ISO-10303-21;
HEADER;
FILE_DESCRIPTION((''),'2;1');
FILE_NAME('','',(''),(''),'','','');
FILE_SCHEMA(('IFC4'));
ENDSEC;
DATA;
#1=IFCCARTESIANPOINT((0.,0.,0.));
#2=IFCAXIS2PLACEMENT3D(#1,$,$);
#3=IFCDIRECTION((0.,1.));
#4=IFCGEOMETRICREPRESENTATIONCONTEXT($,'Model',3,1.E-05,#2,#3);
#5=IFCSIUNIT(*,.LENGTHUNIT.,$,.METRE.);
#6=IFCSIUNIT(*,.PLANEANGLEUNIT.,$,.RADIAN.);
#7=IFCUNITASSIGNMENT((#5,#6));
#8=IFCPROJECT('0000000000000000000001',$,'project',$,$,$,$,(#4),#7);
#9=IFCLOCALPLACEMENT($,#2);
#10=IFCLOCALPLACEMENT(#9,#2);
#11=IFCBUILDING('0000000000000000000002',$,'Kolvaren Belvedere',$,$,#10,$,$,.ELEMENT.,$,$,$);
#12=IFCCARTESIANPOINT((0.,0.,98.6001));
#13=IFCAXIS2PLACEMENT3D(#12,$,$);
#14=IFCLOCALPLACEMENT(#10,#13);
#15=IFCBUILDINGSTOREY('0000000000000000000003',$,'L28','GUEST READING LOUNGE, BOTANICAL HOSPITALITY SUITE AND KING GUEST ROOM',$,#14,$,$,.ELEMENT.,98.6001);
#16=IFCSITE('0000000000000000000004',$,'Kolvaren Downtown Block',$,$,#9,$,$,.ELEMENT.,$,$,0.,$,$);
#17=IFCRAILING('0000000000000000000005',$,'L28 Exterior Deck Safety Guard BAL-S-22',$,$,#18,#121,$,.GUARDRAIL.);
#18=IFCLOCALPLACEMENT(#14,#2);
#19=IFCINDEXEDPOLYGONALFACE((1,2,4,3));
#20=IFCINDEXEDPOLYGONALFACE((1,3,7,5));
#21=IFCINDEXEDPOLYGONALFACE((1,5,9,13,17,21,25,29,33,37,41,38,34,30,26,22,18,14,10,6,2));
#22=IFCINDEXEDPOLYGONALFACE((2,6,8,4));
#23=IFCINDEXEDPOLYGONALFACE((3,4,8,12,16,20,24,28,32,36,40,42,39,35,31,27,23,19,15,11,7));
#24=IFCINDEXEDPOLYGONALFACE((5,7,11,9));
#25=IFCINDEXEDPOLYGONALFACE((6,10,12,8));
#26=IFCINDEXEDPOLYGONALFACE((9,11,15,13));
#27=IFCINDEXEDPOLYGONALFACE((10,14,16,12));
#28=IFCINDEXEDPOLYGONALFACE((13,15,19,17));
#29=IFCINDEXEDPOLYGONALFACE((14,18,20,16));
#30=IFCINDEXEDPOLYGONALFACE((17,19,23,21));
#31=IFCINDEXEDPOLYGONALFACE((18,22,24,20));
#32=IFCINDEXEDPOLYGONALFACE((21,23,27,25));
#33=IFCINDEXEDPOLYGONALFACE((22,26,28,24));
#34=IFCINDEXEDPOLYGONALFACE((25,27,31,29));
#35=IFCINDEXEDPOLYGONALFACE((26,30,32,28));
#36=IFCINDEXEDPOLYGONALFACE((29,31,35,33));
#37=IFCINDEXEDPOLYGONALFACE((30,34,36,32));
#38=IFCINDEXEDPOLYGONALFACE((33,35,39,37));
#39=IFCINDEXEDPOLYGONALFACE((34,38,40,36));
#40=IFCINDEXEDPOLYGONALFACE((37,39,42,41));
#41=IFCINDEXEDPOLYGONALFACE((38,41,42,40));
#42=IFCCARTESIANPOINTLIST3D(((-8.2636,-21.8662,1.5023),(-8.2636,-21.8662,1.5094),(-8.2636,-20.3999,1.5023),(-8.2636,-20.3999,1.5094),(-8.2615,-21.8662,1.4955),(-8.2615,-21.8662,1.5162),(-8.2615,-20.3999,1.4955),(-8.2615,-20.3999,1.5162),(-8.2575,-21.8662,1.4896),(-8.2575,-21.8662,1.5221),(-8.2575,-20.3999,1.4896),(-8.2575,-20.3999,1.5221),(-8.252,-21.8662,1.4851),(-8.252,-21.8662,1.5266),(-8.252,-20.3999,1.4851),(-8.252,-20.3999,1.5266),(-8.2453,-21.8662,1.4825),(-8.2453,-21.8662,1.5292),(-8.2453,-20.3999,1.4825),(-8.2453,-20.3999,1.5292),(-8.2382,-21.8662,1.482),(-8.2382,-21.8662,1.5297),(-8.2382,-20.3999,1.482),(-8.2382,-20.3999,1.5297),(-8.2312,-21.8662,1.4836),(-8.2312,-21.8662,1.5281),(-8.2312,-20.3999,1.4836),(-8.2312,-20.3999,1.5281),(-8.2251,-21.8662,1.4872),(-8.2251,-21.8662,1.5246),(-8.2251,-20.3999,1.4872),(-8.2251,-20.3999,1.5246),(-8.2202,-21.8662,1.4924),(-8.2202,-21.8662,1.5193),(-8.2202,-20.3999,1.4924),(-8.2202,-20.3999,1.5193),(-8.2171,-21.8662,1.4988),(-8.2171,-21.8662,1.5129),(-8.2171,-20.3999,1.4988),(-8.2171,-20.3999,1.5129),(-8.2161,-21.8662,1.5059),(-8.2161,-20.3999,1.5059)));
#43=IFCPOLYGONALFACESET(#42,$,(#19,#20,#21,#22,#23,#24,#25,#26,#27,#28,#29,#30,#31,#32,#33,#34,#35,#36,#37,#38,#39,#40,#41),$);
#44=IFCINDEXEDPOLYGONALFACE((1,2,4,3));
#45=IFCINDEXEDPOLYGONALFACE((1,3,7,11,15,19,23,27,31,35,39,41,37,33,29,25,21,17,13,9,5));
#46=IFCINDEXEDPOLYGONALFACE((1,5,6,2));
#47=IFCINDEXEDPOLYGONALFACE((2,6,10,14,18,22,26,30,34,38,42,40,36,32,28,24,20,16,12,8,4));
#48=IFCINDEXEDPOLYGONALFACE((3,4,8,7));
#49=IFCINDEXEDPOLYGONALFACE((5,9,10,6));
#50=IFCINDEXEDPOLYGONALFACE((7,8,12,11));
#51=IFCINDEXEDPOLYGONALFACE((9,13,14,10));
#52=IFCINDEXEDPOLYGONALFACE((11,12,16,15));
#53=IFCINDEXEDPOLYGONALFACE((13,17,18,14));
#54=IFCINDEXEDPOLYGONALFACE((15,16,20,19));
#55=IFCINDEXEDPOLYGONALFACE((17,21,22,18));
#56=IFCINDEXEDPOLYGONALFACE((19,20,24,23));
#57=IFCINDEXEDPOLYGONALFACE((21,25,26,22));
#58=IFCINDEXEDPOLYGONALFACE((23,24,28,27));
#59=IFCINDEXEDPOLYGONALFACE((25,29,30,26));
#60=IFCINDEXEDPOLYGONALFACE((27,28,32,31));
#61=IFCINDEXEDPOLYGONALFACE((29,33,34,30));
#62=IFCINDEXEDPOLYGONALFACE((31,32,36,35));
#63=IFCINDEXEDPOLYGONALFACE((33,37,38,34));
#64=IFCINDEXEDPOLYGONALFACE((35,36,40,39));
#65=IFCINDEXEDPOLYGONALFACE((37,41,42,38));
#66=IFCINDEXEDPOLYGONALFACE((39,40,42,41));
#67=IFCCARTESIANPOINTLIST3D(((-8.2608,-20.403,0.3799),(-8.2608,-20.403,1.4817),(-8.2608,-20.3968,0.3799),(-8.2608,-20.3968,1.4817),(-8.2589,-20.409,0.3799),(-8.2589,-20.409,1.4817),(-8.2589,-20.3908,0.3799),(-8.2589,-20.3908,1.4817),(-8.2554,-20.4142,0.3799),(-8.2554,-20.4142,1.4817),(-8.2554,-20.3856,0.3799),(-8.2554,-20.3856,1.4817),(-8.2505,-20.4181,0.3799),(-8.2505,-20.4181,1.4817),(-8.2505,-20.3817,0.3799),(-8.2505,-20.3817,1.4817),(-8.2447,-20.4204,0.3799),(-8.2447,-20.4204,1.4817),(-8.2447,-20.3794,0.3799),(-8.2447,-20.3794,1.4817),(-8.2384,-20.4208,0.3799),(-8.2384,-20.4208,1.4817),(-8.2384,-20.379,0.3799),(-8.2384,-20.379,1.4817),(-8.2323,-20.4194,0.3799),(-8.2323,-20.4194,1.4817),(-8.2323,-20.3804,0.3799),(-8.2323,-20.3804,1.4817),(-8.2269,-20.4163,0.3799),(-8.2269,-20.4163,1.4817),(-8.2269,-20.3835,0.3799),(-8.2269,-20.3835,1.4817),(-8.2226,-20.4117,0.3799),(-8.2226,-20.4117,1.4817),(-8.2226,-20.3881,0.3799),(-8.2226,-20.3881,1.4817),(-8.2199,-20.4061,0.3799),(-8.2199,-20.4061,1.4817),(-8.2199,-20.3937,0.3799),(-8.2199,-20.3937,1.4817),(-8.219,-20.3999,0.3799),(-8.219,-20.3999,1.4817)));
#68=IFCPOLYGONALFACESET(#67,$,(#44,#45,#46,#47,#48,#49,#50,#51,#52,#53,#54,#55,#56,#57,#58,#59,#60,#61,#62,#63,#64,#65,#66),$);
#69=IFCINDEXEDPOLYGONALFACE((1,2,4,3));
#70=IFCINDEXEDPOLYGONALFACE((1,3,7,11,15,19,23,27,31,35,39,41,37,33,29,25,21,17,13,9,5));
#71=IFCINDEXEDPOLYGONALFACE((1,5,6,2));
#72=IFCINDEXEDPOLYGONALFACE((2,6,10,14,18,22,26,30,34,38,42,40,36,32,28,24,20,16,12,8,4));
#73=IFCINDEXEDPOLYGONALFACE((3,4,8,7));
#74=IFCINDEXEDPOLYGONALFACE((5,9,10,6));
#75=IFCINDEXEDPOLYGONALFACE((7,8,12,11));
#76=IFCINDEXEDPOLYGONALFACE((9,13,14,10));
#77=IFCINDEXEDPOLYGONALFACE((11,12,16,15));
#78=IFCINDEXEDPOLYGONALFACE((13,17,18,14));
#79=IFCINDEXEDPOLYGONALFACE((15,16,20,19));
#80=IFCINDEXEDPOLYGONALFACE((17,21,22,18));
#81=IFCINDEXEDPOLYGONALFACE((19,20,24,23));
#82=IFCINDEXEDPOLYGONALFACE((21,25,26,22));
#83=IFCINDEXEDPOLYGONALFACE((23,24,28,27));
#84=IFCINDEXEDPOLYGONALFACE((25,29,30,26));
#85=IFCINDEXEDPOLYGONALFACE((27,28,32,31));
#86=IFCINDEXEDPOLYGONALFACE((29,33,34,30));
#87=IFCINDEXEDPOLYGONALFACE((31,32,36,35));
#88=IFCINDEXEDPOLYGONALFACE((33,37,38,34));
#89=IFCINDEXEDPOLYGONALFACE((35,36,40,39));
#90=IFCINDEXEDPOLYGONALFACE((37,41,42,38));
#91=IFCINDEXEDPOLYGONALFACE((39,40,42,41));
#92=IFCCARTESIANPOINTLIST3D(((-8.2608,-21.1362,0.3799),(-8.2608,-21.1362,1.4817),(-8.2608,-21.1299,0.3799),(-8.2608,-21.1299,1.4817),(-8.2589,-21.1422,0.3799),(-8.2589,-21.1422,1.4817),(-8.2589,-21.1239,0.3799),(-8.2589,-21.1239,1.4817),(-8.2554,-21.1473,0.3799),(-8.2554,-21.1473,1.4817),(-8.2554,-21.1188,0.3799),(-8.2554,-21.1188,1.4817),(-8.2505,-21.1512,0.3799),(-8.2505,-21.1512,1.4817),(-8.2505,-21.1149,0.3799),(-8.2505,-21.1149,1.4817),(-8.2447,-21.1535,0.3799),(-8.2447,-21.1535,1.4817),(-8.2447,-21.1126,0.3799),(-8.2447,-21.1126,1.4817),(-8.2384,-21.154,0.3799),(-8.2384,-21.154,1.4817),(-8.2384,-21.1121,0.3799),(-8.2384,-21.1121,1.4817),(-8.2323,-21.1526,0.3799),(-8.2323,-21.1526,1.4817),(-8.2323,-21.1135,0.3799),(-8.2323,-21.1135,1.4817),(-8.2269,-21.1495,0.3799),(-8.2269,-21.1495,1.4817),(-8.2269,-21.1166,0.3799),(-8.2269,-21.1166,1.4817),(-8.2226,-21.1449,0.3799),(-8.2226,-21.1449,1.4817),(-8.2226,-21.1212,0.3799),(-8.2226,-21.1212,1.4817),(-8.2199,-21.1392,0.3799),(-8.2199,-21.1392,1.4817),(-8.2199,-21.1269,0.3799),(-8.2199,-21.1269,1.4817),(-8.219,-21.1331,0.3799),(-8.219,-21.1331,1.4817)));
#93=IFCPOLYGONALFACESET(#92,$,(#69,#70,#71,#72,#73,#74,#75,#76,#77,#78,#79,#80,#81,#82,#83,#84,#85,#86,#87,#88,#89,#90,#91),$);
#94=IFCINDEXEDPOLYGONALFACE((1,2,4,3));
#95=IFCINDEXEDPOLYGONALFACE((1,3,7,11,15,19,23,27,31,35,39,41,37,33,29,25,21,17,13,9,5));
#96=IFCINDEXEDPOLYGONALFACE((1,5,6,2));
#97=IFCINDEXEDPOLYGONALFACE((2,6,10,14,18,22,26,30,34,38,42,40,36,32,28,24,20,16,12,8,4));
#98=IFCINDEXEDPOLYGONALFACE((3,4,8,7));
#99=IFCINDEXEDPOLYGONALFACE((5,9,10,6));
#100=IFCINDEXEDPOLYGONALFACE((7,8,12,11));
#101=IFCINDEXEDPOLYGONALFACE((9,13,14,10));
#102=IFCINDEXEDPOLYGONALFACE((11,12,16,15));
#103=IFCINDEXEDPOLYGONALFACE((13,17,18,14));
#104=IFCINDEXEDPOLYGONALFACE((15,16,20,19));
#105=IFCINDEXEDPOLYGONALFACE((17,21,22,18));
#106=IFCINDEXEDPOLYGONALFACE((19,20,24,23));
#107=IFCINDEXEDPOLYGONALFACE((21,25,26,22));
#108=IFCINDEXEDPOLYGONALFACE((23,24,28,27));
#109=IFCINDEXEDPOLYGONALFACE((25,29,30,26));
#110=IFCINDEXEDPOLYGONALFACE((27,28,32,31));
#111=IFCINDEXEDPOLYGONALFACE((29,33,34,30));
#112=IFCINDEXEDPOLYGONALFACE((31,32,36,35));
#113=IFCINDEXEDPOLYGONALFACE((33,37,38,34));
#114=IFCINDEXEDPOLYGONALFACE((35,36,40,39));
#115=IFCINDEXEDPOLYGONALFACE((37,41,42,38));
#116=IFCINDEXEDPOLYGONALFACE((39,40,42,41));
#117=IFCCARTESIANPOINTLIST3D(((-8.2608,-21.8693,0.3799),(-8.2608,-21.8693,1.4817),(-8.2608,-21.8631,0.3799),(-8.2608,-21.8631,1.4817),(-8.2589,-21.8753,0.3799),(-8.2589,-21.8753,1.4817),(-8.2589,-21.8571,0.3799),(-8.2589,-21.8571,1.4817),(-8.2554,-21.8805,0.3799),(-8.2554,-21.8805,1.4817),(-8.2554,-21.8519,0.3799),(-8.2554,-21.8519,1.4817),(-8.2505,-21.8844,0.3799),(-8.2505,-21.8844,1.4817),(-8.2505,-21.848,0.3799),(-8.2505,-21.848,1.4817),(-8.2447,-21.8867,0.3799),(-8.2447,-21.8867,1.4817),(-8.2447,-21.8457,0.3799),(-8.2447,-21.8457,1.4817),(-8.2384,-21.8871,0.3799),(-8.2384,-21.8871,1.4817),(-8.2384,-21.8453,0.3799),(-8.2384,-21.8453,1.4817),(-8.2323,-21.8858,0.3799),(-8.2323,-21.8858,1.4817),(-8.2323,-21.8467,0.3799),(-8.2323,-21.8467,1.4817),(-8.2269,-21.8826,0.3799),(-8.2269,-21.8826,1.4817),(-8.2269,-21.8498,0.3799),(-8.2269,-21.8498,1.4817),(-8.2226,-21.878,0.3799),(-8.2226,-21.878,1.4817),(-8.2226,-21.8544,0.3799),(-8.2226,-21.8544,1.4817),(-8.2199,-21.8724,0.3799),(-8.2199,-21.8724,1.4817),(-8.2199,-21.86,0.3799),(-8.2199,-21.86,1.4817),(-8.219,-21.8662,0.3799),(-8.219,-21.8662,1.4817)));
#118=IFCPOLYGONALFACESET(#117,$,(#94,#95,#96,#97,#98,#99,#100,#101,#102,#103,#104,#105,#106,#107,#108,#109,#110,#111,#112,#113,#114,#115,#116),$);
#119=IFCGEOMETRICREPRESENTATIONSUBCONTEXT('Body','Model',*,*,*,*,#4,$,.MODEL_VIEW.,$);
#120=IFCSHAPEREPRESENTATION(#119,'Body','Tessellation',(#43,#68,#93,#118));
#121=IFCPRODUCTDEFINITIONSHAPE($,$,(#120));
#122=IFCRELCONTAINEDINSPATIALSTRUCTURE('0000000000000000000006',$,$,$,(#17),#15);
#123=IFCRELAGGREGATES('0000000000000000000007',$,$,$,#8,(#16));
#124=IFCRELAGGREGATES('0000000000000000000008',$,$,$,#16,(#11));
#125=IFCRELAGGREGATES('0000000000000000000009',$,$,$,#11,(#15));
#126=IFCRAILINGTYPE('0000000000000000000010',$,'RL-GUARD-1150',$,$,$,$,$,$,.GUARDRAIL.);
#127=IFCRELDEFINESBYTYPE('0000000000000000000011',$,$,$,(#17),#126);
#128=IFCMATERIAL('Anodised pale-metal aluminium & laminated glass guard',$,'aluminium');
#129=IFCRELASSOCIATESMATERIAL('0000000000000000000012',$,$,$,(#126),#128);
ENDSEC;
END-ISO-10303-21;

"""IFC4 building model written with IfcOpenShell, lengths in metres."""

from ifc_helpers import new_model, si_unit, direction, frame, origin, origin_2d, place, context, subcontext, project, spatial, circle, extrude, material, type_object, element, save


model = new_model("IFC4")

# Units and contexts
model_context = context("Model", 3, precision=1e-05, world=origin(), true_north=direction((0.0, 1.0)))
body_context = subcontext(model_context, "Body", "Model", "MODEL_VIEW")
ifc_project = project(units=[si_unit("LENGTHUNIT", "METRE"), si_unit("PLANEANGLEUNIT", "RADIAN")], contexts=[model_context])

# Site, building, storey
site_placement = place(None, origin())
site = spatial("IfcSite", under=ifc_project, at=site_placement, Name="Kolvaren Downtown Block", CompositionType="ELEMENT", RefElevation=0.0)
building_placement = place(site_placement, origin())
building = spatial("IfcBuilding", under=site, at=building_placement, Name="Kolvaren Belvedere", CompositionType="ELEMENT")
storey_placement = place(building_placement, frame((0.0, 0.0, 98.6001)))
storey = spatial("IfcBuildingStorey", under=building, at=storey_placement, Name="L28", Description="GUEST READING LOUNGE, BOTANICAL HOSPITALITY SUITE AND KING GUEST ROOM", CompositionType="ELEMENT", Elevation=98.6001)

# Railing
ifc_material_1 = material(Name="Anodised pale-metal aluminium & laminated glass guard", Category="aluminium")
railing_type = type_object("IfcRailingType", Name="RL-GUARD-1150", PredefinedType="GUARDRAIL", material=ifc_material_1)
railing_1_placement = place(storey_placement, frame((-8.24, -20.3999, 0.3799)))
element("IfcRailing", 1, at=railing_1_placement, inside=storey, type_object=railing_type, Name="L28 Exterior Deck Safety Guard BAL-S-22", PredefinedType="GUARDRAIL", context=body_context, shape_type="SweptSolid", body=[
    extrude(circle(Radius=0.0239, at=origin_2d()), frame((0.0, 0.0, 1.126), z_axis=(0.0, -1.0, 0.0), x_axis=(1.0, 0.0, 0.0)), (0.0, 0.0, 1.0), 1.4663),
    extrude(circle(Radius=0.021, at=origin_2d()), origin(), (0.0, 0.0, 1.0), 1.1018),
    extrude(circle(Radius=0.021, at=origin_2d()), frame((0.0, -0.7332, 0.0)), (0.0, 0.0, 1.0), 1.1018),
    extrude(circle(Radius=0.021, at=origin_2d()), frame((0.0, -1.4663, 0.0)), (0.0, 0.0, 1.0), 1.1018),
])

save(model, "model.ifc")
